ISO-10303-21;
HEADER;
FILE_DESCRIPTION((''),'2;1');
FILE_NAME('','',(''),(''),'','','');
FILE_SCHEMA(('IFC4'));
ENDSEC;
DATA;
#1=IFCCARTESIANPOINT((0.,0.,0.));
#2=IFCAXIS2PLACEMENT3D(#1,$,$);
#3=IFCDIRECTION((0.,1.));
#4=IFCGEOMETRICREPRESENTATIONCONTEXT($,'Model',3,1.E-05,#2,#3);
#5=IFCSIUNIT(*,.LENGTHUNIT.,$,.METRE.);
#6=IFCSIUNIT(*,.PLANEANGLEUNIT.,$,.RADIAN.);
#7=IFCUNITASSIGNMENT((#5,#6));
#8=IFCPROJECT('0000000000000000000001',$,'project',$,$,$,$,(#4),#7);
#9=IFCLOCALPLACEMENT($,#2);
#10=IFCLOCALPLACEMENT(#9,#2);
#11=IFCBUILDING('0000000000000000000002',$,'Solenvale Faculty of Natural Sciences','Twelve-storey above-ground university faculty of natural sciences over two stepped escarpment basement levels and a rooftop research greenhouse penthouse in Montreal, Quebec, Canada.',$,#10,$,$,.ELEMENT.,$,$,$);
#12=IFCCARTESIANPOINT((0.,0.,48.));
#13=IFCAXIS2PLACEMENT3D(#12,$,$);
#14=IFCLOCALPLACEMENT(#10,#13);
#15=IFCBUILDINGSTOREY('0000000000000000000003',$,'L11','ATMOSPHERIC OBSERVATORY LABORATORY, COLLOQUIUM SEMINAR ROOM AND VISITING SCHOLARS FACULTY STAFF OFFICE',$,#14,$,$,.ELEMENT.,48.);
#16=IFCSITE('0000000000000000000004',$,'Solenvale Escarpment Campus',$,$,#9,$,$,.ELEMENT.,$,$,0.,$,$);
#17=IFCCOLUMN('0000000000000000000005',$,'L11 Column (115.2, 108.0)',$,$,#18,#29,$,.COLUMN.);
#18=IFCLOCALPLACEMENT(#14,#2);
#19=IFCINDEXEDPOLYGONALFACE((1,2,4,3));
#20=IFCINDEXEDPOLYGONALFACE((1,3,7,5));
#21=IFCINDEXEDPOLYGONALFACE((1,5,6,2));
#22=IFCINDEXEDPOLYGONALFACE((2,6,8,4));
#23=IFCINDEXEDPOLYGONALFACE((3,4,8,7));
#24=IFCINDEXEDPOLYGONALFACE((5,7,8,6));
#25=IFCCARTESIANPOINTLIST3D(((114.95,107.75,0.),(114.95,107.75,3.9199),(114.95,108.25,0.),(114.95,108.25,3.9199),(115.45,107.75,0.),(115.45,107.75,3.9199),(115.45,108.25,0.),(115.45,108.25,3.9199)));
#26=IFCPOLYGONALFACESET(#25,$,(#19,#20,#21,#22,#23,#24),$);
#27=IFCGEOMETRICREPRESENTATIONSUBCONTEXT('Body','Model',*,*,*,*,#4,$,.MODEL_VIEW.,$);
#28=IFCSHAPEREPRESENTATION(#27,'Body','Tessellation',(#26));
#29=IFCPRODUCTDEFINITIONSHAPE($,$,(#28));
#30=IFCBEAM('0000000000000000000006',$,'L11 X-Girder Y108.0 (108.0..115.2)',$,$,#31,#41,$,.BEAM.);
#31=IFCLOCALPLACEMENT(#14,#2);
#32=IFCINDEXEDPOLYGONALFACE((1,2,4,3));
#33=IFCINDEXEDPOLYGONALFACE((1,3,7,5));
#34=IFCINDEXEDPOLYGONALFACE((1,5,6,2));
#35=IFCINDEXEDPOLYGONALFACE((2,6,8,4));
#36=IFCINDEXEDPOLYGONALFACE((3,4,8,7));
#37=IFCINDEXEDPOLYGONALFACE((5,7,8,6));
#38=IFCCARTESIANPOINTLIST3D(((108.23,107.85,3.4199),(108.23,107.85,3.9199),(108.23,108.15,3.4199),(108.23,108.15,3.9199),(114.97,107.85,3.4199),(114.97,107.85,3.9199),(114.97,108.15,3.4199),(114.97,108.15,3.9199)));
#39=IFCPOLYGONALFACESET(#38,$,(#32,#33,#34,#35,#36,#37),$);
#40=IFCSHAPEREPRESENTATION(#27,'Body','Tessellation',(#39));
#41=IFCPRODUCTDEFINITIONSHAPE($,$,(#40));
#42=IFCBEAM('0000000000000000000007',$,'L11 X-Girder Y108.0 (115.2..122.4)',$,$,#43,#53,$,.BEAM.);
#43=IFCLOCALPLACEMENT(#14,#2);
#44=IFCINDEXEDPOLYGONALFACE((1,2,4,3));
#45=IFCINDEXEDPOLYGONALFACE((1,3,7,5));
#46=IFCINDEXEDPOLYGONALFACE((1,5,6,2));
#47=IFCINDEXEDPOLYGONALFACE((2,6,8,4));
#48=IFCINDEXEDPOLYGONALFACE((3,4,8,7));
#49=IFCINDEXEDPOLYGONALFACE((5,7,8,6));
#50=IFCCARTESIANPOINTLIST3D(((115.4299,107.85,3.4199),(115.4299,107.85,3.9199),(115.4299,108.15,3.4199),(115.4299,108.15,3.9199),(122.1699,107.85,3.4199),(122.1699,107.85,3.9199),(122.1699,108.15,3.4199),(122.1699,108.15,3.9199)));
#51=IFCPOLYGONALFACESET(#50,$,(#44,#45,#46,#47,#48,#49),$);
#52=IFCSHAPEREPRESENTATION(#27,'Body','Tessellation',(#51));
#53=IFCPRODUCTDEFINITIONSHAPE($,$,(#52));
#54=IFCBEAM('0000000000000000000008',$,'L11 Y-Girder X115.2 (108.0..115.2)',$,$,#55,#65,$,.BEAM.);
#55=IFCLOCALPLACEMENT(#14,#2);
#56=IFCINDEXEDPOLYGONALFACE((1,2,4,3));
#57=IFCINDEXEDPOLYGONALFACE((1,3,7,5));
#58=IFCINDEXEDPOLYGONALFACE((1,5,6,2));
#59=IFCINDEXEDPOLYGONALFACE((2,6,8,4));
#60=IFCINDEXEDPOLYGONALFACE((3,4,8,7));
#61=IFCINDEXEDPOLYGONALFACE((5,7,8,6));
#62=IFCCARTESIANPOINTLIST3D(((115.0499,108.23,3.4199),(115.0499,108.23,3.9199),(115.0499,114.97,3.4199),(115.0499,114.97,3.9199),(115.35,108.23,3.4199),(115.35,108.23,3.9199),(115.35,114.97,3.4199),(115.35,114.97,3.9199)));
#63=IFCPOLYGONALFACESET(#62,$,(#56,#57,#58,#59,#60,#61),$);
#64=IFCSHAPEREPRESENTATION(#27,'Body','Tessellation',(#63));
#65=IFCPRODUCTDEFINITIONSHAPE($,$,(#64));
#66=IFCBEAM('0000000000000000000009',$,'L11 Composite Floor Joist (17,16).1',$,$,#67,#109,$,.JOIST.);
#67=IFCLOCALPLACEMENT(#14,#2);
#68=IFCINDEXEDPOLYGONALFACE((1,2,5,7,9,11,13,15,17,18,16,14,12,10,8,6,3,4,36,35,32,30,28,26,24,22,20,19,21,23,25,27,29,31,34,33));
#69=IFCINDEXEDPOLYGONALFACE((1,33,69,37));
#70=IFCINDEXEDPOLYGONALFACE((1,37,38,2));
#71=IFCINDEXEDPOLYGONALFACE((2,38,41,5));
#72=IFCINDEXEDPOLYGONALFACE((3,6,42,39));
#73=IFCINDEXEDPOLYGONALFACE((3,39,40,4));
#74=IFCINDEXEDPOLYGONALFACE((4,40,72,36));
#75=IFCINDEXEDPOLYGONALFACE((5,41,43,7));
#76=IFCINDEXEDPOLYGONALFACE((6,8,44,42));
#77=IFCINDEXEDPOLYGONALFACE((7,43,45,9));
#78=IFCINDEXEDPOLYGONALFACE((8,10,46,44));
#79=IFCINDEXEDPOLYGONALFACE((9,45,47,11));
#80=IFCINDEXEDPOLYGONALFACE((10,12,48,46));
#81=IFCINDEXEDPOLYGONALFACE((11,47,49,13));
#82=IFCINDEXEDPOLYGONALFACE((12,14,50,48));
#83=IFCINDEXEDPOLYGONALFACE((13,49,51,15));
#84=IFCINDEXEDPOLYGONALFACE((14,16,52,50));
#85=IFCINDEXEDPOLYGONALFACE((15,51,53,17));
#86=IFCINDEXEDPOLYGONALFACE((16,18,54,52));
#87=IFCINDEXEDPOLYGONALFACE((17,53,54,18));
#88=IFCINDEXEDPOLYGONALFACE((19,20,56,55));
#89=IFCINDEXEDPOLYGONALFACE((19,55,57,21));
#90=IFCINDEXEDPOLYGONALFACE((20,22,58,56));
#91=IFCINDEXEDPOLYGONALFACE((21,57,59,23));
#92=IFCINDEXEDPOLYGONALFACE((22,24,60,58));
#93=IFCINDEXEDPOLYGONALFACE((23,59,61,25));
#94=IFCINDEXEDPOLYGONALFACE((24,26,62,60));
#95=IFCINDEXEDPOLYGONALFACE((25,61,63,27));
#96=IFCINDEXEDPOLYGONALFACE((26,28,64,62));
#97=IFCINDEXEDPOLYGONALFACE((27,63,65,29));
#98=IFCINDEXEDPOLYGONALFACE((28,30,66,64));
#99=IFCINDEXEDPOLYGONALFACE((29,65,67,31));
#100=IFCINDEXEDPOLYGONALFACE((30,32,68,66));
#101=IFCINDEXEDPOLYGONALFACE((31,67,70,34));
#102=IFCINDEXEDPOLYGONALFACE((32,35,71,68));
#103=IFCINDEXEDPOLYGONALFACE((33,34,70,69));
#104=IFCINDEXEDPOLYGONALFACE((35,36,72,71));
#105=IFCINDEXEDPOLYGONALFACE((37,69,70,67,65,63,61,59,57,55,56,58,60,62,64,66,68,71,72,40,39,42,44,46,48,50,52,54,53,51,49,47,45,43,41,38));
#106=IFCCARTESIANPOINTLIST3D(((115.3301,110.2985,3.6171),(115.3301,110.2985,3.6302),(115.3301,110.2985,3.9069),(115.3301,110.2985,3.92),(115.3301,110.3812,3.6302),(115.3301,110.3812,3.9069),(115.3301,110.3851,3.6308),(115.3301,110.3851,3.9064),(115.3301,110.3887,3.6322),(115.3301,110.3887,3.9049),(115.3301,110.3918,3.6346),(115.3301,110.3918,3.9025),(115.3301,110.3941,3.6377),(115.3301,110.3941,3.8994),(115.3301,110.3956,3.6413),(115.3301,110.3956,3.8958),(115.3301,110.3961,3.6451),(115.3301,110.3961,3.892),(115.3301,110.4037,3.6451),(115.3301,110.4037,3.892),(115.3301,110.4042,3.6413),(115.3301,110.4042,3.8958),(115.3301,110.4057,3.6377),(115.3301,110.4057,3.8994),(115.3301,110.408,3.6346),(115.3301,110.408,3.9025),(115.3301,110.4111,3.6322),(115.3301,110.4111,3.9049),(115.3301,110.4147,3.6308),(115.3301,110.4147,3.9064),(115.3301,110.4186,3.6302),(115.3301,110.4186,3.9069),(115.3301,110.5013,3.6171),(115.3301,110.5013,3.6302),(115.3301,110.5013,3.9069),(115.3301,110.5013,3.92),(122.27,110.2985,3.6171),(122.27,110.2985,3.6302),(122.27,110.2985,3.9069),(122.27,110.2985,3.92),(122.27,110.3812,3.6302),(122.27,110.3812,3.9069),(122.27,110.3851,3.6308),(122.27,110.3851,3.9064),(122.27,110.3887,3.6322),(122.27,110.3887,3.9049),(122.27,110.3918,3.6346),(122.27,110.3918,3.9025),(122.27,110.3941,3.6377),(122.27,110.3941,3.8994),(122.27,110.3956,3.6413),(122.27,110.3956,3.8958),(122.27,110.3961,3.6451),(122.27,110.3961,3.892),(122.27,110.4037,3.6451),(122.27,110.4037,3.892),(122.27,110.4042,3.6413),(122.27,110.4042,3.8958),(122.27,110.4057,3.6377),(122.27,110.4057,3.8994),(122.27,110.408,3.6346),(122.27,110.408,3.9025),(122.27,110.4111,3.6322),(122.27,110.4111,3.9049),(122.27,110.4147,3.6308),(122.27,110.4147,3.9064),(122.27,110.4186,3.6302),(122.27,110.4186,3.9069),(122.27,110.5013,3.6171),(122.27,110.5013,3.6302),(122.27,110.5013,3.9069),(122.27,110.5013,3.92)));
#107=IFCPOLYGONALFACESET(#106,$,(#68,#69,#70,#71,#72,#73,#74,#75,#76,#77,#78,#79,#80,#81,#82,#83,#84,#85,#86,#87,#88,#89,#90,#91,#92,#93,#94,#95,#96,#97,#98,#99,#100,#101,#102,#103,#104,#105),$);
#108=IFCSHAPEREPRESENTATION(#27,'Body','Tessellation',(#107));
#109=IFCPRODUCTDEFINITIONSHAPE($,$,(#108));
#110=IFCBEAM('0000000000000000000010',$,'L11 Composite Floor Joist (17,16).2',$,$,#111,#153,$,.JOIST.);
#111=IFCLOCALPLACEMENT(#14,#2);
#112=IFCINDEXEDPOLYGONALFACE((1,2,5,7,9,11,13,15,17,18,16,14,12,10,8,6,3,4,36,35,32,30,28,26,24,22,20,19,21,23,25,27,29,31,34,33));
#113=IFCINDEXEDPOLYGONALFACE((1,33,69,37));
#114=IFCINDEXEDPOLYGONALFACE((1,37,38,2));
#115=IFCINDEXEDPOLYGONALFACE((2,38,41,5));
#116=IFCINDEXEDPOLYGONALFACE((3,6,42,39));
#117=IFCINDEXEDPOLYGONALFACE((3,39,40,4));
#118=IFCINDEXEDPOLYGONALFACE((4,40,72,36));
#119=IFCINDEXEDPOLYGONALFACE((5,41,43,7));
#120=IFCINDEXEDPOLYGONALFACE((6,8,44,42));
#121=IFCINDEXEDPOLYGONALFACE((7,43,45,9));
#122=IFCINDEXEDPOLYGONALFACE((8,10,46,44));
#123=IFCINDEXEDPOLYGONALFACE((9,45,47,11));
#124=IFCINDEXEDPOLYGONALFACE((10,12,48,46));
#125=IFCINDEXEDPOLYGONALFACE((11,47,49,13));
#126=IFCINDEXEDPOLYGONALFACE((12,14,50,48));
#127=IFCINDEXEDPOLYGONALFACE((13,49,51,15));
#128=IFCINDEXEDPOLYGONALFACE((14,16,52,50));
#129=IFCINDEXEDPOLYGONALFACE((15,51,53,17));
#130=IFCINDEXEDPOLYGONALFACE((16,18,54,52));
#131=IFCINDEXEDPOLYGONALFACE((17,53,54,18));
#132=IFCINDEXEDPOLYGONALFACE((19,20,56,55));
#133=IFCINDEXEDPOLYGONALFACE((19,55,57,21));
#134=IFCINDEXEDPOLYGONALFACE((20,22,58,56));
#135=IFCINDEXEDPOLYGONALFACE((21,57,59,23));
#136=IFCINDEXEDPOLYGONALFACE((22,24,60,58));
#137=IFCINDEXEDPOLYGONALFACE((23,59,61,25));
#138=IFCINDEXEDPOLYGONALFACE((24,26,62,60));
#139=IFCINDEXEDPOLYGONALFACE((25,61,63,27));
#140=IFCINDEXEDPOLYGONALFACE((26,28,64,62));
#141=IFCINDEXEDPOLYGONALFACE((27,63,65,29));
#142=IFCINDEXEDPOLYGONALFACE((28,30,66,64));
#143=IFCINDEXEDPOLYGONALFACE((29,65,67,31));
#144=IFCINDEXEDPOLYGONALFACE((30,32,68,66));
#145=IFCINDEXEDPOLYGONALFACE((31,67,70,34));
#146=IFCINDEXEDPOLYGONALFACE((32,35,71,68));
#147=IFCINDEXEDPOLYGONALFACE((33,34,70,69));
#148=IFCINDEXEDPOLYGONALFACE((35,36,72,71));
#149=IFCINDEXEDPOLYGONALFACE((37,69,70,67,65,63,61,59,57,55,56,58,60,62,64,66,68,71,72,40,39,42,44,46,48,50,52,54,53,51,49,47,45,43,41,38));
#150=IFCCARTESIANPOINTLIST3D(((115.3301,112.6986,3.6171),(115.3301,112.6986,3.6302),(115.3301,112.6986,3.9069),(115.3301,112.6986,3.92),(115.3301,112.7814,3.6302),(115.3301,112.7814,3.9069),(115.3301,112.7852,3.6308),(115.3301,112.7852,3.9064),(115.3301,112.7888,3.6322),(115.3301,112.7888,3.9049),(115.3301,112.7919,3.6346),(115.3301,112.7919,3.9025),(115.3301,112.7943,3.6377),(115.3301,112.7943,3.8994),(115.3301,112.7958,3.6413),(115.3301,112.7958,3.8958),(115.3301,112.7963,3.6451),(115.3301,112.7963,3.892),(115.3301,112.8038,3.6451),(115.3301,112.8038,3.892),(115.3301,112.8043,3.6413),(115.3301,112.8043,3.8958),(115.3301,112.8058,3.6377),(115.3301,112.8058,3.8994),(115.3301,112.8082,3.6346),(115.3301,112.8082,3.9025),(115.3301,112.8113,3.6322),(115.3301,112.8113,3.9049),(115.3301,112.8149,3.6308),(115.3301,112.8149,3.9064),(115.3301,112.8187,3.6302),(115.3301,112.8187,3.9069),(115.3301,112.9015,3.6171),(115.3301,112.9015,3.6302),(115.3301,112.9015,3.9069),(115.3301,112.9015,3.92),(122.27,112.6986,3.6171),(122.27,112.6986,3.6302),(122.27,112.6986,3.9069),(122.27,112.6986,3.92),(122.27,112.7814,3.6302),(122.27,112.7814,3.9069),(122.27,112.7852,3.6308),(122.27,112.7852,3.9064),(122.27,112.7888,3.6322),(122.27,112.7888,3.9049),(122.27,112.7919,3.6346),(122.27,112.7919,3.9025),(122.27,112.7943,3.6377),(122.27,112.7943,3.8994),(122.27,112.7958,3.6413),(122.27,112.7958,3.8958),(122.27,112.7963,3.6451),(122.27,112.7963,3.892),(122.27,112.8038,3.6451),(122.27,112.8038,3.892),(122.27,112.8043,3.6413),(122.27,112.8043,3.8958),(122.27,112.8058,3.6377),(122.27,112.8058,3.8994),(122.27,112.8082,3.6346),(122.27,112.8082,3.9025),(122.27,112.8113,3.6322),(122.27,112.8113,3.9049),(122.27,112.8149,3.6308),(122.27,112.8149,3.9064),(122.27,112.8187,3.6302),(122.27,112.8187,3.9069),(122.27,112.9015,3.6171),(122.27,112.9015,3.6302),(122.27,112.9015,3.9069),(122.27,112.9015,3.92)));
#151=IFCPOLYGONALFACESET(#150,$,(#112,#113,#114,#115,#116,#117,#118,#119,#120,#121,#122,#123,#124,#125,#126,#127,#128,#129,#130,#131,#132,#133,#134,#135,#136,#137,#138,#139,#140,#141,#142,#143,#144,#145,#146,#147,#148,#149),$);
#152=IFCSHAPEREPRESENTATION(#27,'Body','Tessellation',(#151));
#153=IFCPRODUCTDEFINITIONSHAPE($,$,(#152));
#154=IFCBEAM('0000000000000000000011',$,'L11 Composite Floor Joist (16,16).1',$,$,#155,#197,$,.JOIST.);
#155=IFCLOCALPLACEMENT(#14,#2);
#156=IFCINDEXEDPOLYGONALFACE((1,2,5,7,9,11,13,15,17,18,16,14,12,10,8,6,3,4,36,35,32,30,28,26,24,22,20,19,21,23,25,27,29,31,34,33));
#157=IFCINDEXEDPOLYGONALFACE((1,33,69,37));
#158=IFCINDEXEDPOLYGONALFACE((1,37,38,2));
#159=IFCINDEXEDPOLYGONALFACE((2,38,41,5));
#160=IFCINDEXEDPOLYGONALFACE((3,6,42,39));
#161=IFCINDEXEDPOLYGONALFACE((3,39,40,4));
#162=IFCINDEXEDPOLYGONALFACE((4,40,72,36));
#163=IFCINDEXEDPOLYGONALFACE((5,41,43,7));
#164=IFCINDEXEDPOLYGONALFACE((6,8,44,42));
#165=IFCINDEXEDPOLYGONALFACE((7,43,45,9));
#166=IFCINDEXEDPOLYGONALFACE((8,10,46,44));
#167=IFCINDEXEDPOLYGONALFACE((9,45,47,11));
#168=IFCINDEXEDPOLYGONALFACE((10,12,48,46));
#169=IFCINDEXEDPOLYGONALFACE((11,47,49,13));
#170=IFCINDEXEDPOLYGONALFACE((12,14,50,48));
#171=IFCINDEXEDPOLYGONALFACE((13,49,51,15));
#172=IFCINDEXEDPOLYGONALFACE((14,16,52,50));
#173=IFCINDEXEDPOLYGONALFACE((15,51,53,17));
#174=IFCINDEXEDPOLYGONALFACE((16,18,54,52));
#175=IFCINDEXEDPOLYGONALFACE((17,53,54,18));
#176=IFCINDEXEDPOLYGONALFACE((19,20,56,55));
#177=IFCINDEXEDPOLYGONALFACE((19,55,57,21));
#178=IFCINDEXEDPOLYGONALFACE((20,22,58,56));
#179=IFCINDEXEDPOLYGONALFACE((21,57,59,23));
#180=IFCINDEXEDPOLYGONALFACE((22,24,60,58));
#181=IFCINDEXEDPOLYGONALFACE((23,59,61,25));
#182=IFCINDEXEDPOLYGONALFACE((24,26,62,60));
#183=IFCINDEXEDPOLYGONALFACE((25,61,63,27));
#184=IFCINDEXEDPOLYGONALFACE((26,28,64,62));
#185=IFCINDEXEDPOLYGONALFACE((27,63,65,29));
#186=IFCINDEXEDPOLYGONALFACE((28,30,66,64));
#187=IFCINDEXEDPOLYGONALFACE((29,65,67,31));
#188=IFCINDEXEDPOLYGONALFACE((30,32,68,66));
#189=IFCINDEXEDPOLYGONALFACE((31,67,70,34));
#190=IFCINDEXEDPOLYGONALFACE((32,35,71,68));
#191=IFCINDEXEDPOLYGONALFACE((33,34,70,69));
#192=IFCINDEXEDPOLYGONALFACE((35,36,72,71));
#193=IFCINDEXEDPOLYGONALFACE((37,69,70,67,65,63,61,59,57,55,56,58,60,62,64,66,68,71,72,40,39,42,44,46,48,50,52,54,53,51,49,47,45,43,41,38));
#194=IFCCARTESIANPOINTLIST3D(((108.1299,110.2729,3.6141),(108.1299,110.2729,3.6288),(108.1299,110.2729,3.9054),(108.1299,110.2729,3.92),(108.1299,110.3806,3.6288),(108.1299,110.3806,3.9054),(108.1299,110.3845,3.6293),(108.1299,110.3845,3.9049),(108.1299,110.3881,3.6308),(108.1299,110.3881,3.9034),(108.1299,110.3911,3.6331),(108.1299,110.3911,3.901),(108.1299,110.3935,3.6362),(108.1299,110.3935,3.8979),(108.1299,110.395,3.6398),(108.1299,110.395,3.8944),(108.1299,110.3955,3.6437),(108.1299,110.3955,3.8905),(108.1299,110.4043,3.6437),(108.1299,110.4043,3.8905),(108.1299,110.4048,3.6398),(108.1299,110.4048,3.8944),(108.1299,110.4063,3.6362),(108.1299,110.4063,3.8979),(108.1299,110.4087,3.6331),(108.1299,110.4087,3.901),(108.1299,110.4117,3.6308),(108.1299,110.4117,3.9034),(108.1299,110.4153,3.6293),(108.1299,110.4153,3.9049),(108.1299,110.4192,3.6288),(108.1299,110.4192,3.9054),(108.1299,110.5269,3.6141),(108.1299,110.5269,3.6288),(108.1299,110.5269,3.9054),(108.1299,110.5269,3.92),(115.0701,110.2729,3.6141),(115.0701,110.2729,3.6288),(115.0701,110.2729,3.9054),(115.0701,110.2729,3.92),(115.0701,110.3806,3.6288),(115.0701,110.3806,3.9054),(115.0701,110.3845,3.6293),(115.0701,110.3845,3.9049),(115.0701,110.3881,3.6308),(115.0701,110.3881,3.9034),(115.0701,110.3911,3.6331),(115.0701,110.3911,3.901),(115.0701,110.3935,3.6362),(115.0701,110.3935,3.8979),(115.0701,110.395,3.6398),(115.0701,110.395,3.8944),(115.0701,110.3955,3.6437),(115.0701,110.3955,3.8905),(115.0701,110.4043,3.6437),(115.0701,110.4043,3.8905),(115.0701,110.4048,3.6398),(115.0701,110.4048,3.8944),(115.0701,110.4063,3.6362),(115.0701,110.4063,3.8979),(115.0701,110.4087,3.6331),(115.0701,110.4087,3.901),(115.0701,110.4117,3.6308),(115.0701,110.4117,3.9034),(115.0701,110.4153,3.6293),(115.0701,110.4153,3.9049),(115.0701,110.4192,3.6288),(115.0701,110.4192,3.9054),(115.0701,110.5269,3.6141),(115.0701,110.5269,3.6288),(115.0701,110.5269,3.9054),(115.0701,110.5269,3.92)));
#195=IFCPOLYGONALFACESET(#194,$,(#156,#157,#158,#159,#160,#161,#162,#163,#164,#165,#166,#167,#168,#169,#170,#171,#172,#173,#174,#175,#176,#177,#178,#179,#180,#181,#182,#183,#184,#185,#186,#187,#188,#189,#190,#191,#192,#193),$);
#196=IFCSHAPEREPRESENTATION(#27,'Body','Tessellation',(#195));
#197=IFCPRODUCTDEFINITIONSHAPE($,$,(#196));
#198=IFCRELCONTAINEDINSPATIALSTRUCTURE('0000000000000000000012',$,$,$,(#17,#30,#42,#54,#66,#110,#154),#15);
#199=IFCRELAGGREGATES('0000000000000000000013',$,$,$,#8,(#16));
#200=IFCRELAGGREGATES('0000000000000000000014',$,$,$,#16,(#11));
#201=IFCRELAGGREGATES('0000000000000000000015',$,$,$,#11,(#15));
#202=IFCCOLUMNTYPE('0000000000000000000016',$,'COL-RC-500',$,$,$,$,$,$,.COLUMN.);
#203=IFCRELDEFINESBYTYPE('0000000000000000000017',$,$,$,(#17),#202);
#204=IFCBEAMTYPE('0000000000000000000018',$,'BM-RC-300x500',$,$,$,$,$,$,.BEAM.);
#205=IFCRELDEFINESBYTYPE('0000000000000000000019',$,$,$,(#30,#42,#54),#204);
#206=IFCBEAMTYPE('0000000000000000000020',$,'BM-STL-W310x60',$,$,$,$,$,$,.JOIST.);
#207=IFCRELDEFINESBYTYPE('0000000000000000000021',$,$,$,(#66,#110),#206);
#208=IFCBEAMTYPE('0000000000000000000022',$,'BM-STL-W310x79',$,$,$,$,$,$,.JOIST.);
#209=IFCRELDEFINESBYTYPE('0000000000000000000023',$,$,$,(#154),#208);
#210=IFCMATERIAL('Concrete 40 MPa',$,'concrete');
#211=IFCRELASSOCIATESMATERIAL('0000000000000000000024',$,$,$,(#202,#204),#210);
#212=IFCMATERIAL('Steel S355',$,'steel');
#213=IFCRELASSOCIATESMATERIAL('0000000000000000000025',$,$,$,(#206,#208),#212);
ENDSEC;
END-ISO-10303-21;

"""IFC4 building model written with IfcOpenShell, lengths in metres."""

from ifc_helpers import new_model, si_unit, direction, frame, origin, origin_2d, place, context, subcontext, project, spatial, rectangle, i_section, extrude, material, material_profile, profile_set, type_object, element, save


model = new_model("IFC4")

# Units and contexts
model_context = context("Model", 3, precision=1e-05, world=origin(), true_north=direction((0.0, 1.0)))
body_context = subcontext(model_context, "Body", "Model", "MODEL_VIEW")
ifc_project = project(units=[si_unit("LENGTHUNIT", "METRE"), si_unit("PLANEANGLEUNIT", "RADIAN")], contexts=[model_context])

# Site, building, storey
site_placement = place(None, origin())
site = spatial("IfcSite", under=ifc_project, at=site_placement, Name="Solenvale Escarpment Campus", CompositionType="ELEMENT", RefElevation=0.0)
building_placement = place(site_placement, origin())
building = spatial("IfcBuilding", under=site, at=building_placement, Name="Solenvale Faculty of Natural Sciences", Description="Twelve-storey above-ground university faculty of natural sciences over two stepped escarpment basement levels and a rooftop research greenhouse penthouse in Montreal, Quebec, Canada.", CompositionType="ELEMENT")
storey_placement = place(building_placement, frame((0.0, 0.0, 48.0)))
storey = spatial("IfcBuildingStorey", under=building, at=storey_placement, Name="L11", Description="ATMOSPHERIC OBSERVATORY LABORATORY, COLLOQUIUM SEMINAR ROOM AND VISITING SCHOLARS FACULTY STAFF OFFICE", CompositionType="ELEMENT", Elevation=48.0)

# Column
ifc_material_1 = material(Name="Concrete 40 MPa", Category="concrete")
ifc_material_profile_1 = material_profile(ifc_material_1, rectangle(XDim=0.5, YDim=0.5, at=origin_2d()), Name="RC-COL-500x500")
ifc_profile_set_1 = profile_set([ifc_material_profile_1], Name="Concrete 40 MPa")
column_type = type_object("IfcColumnType", Name="COL-RC-500", PredefinedType="COLUMN", material=ifc_profile_set_1)
column_placement = place(storey_placement, frame((115.2, 108.0, 0.0), z_axis=(0.0, 0.0, 1.0), x_axis=(1.0, 0.0, 0.0)))
element("IfcColumn", 1, at=column_placement, inside=storey, type_object=column_type, Name="L11 Column (115.2, 108.0)", PredefinedType="COLUMN", context=body_context, shape_type="SweptSolid", body=[
    extrude(rectangle(XDim=0.5, YDim=0.5, at=origin_2d()), origin(), (0.0, 0.0, 1.0), 3.9199),
])

# Beams
ifc_material_profile_2 = material_profile(ifc_material_1, rectangle(XDim=0.3, YDim=0.5, at=origin_2d()), Name="RC-BM-300x500")
ifc_profile_set_2 = profile_set([ifc_material_profile_2], Name="Concrete 40 MPa")
beam_type_1 = type_object("IfcBeamType", Name="BM-RC-300x500", PredefinedType="BEAM", material=ifc_profile_set_2)
for number, where, z_axis, x_axis, name in (
    (2, (108.23, 108.0, 3.6699), (1.0, 0.0, 0.0), (0.0, 1.0, 0.0), "L11 X-Girder Y108.0 (108.0..115.2)"),
    (3, (115.4299, 108.0, 3.6699), (1.0, 0.0, 0.0), (0.0, 1.0, 0.0), "L11 X-Girder Y108.0 (115.2..122.4)"),
    (4, (115.2, 108.23, 3.6699), (0.0, 1.0, 0.0), (-1.0, 0.0, 0.0), "L11 Y-Girder X115.2 (108.0..115.2)"),
):
    element("IfcBeam", number, at=place(storey_placement, frame(where, z_axis=z_axis, x_axis=x_axis)), inside=storey, type_object=beam_type_1, Name=name, PredefinedType="BEAM", context=body_context, shape_type="SweptSolid", body=[
        extrude(rectangle(XDim=0.3, YDim=0.5, at=origin_2d()), origin(), (0.0, 0.0, 1.0), 6.74),
    ])
ifc_material_2 = material(Name="Steel S355", Category="steel")
ifc_material_profile_3 = material_profile(ifc_material_2, i_section(OverallWidth=0.2029, OverallDepth=0.303, WebThickness=0.0076, FlangeThickness=0.0132, FilletRadius=0.0149, at=origin_2d()), Name="W310x60")
ifc_profile_set_3 = profile_set([ifc_material_profile_3], Name="Steel S355")
beam_type_2 = type_object("IfcBeamType", Name="BM-STL-W310x60", PredefinedType="JOIST", material=ifc_profile_set_3)
for number, where, z_axis, x_axis, name in (
    (5, (115.3301, 110.3999, 3.7686), (1.0, 0.0, 0.0), (0.0, 1.0, 0.0), "L11 Composite Floor Joist (17,16).1"),
    (6, (115.3301, 112.8, 3.7686), (1.0, 0.0, 0.0), (0.0, 1.0, 0.0), "L11 Composite Floor Joist (17,16).2"),
):
    element("IfcBeam", number, at=place(storey_placement, frame(where, z_axis=z_axis, x_axis=x_axis)), inside=storey, type_object=beam_type_2, Name=name, PredefinedType="JOIST", context=body_context, shape_type="SweptSolid", body=[
        extrude(i_section(OverallWidth=0.2029, OverallDepth=0.303, WebThickness=0.0076, FlangeThickness=0.0132, FilletRadius=0.0149, at=origin_2d()), origin(), (0.0, 0.0, 1.0), 6.9399),
    ])
ifc_material_profile_4 = material_profile(ifc_material_2, i_section(OverallWidth=0.2539, OverallDepth=0.3059, WebThickness=0.0088, FlangeThickness=0.0146, FilletRadius=0.0149, at=origin_2d()), Name="W310x79")
ifc_profile_set_4 = profile_set([ifc_material_profile_4], Name="Steel S355")
beam_type_3 = type_object("IfcBeamType", Name="BM-STL-W310x79", PredefinedType="JOIST", material=ifc_profile_set_4)
for number, where, z_axis, x_axis, name in (
    (7, (108.1299, 110.3999, 3.7671), (1.0, 0.0, 0.0), (0.0, 1.0, 0.0), "L11 Composite Floor Joist (16,16).1"),
):
    element("IfcBeam", number, at=place(storey_placement, frame(where, z_axis=z_axis, x_axis=x_axis)), inside=storey, type_object=beam_type_3, Name=name, PredefinedType="JOIST", context=body_context, shape_type="SweptSolid", body=[
        extrude(i_section(OverallWidth=0.2539, OverallDepth=0.3059, WebThickness=0.0088, FlangeThickness=0.0146, FilletRadius=0.0149, at=origin_2d()), origin(), (0.0, 0.0, 1.0), 6.9402),
    ])

save(model, "model.ifc")
